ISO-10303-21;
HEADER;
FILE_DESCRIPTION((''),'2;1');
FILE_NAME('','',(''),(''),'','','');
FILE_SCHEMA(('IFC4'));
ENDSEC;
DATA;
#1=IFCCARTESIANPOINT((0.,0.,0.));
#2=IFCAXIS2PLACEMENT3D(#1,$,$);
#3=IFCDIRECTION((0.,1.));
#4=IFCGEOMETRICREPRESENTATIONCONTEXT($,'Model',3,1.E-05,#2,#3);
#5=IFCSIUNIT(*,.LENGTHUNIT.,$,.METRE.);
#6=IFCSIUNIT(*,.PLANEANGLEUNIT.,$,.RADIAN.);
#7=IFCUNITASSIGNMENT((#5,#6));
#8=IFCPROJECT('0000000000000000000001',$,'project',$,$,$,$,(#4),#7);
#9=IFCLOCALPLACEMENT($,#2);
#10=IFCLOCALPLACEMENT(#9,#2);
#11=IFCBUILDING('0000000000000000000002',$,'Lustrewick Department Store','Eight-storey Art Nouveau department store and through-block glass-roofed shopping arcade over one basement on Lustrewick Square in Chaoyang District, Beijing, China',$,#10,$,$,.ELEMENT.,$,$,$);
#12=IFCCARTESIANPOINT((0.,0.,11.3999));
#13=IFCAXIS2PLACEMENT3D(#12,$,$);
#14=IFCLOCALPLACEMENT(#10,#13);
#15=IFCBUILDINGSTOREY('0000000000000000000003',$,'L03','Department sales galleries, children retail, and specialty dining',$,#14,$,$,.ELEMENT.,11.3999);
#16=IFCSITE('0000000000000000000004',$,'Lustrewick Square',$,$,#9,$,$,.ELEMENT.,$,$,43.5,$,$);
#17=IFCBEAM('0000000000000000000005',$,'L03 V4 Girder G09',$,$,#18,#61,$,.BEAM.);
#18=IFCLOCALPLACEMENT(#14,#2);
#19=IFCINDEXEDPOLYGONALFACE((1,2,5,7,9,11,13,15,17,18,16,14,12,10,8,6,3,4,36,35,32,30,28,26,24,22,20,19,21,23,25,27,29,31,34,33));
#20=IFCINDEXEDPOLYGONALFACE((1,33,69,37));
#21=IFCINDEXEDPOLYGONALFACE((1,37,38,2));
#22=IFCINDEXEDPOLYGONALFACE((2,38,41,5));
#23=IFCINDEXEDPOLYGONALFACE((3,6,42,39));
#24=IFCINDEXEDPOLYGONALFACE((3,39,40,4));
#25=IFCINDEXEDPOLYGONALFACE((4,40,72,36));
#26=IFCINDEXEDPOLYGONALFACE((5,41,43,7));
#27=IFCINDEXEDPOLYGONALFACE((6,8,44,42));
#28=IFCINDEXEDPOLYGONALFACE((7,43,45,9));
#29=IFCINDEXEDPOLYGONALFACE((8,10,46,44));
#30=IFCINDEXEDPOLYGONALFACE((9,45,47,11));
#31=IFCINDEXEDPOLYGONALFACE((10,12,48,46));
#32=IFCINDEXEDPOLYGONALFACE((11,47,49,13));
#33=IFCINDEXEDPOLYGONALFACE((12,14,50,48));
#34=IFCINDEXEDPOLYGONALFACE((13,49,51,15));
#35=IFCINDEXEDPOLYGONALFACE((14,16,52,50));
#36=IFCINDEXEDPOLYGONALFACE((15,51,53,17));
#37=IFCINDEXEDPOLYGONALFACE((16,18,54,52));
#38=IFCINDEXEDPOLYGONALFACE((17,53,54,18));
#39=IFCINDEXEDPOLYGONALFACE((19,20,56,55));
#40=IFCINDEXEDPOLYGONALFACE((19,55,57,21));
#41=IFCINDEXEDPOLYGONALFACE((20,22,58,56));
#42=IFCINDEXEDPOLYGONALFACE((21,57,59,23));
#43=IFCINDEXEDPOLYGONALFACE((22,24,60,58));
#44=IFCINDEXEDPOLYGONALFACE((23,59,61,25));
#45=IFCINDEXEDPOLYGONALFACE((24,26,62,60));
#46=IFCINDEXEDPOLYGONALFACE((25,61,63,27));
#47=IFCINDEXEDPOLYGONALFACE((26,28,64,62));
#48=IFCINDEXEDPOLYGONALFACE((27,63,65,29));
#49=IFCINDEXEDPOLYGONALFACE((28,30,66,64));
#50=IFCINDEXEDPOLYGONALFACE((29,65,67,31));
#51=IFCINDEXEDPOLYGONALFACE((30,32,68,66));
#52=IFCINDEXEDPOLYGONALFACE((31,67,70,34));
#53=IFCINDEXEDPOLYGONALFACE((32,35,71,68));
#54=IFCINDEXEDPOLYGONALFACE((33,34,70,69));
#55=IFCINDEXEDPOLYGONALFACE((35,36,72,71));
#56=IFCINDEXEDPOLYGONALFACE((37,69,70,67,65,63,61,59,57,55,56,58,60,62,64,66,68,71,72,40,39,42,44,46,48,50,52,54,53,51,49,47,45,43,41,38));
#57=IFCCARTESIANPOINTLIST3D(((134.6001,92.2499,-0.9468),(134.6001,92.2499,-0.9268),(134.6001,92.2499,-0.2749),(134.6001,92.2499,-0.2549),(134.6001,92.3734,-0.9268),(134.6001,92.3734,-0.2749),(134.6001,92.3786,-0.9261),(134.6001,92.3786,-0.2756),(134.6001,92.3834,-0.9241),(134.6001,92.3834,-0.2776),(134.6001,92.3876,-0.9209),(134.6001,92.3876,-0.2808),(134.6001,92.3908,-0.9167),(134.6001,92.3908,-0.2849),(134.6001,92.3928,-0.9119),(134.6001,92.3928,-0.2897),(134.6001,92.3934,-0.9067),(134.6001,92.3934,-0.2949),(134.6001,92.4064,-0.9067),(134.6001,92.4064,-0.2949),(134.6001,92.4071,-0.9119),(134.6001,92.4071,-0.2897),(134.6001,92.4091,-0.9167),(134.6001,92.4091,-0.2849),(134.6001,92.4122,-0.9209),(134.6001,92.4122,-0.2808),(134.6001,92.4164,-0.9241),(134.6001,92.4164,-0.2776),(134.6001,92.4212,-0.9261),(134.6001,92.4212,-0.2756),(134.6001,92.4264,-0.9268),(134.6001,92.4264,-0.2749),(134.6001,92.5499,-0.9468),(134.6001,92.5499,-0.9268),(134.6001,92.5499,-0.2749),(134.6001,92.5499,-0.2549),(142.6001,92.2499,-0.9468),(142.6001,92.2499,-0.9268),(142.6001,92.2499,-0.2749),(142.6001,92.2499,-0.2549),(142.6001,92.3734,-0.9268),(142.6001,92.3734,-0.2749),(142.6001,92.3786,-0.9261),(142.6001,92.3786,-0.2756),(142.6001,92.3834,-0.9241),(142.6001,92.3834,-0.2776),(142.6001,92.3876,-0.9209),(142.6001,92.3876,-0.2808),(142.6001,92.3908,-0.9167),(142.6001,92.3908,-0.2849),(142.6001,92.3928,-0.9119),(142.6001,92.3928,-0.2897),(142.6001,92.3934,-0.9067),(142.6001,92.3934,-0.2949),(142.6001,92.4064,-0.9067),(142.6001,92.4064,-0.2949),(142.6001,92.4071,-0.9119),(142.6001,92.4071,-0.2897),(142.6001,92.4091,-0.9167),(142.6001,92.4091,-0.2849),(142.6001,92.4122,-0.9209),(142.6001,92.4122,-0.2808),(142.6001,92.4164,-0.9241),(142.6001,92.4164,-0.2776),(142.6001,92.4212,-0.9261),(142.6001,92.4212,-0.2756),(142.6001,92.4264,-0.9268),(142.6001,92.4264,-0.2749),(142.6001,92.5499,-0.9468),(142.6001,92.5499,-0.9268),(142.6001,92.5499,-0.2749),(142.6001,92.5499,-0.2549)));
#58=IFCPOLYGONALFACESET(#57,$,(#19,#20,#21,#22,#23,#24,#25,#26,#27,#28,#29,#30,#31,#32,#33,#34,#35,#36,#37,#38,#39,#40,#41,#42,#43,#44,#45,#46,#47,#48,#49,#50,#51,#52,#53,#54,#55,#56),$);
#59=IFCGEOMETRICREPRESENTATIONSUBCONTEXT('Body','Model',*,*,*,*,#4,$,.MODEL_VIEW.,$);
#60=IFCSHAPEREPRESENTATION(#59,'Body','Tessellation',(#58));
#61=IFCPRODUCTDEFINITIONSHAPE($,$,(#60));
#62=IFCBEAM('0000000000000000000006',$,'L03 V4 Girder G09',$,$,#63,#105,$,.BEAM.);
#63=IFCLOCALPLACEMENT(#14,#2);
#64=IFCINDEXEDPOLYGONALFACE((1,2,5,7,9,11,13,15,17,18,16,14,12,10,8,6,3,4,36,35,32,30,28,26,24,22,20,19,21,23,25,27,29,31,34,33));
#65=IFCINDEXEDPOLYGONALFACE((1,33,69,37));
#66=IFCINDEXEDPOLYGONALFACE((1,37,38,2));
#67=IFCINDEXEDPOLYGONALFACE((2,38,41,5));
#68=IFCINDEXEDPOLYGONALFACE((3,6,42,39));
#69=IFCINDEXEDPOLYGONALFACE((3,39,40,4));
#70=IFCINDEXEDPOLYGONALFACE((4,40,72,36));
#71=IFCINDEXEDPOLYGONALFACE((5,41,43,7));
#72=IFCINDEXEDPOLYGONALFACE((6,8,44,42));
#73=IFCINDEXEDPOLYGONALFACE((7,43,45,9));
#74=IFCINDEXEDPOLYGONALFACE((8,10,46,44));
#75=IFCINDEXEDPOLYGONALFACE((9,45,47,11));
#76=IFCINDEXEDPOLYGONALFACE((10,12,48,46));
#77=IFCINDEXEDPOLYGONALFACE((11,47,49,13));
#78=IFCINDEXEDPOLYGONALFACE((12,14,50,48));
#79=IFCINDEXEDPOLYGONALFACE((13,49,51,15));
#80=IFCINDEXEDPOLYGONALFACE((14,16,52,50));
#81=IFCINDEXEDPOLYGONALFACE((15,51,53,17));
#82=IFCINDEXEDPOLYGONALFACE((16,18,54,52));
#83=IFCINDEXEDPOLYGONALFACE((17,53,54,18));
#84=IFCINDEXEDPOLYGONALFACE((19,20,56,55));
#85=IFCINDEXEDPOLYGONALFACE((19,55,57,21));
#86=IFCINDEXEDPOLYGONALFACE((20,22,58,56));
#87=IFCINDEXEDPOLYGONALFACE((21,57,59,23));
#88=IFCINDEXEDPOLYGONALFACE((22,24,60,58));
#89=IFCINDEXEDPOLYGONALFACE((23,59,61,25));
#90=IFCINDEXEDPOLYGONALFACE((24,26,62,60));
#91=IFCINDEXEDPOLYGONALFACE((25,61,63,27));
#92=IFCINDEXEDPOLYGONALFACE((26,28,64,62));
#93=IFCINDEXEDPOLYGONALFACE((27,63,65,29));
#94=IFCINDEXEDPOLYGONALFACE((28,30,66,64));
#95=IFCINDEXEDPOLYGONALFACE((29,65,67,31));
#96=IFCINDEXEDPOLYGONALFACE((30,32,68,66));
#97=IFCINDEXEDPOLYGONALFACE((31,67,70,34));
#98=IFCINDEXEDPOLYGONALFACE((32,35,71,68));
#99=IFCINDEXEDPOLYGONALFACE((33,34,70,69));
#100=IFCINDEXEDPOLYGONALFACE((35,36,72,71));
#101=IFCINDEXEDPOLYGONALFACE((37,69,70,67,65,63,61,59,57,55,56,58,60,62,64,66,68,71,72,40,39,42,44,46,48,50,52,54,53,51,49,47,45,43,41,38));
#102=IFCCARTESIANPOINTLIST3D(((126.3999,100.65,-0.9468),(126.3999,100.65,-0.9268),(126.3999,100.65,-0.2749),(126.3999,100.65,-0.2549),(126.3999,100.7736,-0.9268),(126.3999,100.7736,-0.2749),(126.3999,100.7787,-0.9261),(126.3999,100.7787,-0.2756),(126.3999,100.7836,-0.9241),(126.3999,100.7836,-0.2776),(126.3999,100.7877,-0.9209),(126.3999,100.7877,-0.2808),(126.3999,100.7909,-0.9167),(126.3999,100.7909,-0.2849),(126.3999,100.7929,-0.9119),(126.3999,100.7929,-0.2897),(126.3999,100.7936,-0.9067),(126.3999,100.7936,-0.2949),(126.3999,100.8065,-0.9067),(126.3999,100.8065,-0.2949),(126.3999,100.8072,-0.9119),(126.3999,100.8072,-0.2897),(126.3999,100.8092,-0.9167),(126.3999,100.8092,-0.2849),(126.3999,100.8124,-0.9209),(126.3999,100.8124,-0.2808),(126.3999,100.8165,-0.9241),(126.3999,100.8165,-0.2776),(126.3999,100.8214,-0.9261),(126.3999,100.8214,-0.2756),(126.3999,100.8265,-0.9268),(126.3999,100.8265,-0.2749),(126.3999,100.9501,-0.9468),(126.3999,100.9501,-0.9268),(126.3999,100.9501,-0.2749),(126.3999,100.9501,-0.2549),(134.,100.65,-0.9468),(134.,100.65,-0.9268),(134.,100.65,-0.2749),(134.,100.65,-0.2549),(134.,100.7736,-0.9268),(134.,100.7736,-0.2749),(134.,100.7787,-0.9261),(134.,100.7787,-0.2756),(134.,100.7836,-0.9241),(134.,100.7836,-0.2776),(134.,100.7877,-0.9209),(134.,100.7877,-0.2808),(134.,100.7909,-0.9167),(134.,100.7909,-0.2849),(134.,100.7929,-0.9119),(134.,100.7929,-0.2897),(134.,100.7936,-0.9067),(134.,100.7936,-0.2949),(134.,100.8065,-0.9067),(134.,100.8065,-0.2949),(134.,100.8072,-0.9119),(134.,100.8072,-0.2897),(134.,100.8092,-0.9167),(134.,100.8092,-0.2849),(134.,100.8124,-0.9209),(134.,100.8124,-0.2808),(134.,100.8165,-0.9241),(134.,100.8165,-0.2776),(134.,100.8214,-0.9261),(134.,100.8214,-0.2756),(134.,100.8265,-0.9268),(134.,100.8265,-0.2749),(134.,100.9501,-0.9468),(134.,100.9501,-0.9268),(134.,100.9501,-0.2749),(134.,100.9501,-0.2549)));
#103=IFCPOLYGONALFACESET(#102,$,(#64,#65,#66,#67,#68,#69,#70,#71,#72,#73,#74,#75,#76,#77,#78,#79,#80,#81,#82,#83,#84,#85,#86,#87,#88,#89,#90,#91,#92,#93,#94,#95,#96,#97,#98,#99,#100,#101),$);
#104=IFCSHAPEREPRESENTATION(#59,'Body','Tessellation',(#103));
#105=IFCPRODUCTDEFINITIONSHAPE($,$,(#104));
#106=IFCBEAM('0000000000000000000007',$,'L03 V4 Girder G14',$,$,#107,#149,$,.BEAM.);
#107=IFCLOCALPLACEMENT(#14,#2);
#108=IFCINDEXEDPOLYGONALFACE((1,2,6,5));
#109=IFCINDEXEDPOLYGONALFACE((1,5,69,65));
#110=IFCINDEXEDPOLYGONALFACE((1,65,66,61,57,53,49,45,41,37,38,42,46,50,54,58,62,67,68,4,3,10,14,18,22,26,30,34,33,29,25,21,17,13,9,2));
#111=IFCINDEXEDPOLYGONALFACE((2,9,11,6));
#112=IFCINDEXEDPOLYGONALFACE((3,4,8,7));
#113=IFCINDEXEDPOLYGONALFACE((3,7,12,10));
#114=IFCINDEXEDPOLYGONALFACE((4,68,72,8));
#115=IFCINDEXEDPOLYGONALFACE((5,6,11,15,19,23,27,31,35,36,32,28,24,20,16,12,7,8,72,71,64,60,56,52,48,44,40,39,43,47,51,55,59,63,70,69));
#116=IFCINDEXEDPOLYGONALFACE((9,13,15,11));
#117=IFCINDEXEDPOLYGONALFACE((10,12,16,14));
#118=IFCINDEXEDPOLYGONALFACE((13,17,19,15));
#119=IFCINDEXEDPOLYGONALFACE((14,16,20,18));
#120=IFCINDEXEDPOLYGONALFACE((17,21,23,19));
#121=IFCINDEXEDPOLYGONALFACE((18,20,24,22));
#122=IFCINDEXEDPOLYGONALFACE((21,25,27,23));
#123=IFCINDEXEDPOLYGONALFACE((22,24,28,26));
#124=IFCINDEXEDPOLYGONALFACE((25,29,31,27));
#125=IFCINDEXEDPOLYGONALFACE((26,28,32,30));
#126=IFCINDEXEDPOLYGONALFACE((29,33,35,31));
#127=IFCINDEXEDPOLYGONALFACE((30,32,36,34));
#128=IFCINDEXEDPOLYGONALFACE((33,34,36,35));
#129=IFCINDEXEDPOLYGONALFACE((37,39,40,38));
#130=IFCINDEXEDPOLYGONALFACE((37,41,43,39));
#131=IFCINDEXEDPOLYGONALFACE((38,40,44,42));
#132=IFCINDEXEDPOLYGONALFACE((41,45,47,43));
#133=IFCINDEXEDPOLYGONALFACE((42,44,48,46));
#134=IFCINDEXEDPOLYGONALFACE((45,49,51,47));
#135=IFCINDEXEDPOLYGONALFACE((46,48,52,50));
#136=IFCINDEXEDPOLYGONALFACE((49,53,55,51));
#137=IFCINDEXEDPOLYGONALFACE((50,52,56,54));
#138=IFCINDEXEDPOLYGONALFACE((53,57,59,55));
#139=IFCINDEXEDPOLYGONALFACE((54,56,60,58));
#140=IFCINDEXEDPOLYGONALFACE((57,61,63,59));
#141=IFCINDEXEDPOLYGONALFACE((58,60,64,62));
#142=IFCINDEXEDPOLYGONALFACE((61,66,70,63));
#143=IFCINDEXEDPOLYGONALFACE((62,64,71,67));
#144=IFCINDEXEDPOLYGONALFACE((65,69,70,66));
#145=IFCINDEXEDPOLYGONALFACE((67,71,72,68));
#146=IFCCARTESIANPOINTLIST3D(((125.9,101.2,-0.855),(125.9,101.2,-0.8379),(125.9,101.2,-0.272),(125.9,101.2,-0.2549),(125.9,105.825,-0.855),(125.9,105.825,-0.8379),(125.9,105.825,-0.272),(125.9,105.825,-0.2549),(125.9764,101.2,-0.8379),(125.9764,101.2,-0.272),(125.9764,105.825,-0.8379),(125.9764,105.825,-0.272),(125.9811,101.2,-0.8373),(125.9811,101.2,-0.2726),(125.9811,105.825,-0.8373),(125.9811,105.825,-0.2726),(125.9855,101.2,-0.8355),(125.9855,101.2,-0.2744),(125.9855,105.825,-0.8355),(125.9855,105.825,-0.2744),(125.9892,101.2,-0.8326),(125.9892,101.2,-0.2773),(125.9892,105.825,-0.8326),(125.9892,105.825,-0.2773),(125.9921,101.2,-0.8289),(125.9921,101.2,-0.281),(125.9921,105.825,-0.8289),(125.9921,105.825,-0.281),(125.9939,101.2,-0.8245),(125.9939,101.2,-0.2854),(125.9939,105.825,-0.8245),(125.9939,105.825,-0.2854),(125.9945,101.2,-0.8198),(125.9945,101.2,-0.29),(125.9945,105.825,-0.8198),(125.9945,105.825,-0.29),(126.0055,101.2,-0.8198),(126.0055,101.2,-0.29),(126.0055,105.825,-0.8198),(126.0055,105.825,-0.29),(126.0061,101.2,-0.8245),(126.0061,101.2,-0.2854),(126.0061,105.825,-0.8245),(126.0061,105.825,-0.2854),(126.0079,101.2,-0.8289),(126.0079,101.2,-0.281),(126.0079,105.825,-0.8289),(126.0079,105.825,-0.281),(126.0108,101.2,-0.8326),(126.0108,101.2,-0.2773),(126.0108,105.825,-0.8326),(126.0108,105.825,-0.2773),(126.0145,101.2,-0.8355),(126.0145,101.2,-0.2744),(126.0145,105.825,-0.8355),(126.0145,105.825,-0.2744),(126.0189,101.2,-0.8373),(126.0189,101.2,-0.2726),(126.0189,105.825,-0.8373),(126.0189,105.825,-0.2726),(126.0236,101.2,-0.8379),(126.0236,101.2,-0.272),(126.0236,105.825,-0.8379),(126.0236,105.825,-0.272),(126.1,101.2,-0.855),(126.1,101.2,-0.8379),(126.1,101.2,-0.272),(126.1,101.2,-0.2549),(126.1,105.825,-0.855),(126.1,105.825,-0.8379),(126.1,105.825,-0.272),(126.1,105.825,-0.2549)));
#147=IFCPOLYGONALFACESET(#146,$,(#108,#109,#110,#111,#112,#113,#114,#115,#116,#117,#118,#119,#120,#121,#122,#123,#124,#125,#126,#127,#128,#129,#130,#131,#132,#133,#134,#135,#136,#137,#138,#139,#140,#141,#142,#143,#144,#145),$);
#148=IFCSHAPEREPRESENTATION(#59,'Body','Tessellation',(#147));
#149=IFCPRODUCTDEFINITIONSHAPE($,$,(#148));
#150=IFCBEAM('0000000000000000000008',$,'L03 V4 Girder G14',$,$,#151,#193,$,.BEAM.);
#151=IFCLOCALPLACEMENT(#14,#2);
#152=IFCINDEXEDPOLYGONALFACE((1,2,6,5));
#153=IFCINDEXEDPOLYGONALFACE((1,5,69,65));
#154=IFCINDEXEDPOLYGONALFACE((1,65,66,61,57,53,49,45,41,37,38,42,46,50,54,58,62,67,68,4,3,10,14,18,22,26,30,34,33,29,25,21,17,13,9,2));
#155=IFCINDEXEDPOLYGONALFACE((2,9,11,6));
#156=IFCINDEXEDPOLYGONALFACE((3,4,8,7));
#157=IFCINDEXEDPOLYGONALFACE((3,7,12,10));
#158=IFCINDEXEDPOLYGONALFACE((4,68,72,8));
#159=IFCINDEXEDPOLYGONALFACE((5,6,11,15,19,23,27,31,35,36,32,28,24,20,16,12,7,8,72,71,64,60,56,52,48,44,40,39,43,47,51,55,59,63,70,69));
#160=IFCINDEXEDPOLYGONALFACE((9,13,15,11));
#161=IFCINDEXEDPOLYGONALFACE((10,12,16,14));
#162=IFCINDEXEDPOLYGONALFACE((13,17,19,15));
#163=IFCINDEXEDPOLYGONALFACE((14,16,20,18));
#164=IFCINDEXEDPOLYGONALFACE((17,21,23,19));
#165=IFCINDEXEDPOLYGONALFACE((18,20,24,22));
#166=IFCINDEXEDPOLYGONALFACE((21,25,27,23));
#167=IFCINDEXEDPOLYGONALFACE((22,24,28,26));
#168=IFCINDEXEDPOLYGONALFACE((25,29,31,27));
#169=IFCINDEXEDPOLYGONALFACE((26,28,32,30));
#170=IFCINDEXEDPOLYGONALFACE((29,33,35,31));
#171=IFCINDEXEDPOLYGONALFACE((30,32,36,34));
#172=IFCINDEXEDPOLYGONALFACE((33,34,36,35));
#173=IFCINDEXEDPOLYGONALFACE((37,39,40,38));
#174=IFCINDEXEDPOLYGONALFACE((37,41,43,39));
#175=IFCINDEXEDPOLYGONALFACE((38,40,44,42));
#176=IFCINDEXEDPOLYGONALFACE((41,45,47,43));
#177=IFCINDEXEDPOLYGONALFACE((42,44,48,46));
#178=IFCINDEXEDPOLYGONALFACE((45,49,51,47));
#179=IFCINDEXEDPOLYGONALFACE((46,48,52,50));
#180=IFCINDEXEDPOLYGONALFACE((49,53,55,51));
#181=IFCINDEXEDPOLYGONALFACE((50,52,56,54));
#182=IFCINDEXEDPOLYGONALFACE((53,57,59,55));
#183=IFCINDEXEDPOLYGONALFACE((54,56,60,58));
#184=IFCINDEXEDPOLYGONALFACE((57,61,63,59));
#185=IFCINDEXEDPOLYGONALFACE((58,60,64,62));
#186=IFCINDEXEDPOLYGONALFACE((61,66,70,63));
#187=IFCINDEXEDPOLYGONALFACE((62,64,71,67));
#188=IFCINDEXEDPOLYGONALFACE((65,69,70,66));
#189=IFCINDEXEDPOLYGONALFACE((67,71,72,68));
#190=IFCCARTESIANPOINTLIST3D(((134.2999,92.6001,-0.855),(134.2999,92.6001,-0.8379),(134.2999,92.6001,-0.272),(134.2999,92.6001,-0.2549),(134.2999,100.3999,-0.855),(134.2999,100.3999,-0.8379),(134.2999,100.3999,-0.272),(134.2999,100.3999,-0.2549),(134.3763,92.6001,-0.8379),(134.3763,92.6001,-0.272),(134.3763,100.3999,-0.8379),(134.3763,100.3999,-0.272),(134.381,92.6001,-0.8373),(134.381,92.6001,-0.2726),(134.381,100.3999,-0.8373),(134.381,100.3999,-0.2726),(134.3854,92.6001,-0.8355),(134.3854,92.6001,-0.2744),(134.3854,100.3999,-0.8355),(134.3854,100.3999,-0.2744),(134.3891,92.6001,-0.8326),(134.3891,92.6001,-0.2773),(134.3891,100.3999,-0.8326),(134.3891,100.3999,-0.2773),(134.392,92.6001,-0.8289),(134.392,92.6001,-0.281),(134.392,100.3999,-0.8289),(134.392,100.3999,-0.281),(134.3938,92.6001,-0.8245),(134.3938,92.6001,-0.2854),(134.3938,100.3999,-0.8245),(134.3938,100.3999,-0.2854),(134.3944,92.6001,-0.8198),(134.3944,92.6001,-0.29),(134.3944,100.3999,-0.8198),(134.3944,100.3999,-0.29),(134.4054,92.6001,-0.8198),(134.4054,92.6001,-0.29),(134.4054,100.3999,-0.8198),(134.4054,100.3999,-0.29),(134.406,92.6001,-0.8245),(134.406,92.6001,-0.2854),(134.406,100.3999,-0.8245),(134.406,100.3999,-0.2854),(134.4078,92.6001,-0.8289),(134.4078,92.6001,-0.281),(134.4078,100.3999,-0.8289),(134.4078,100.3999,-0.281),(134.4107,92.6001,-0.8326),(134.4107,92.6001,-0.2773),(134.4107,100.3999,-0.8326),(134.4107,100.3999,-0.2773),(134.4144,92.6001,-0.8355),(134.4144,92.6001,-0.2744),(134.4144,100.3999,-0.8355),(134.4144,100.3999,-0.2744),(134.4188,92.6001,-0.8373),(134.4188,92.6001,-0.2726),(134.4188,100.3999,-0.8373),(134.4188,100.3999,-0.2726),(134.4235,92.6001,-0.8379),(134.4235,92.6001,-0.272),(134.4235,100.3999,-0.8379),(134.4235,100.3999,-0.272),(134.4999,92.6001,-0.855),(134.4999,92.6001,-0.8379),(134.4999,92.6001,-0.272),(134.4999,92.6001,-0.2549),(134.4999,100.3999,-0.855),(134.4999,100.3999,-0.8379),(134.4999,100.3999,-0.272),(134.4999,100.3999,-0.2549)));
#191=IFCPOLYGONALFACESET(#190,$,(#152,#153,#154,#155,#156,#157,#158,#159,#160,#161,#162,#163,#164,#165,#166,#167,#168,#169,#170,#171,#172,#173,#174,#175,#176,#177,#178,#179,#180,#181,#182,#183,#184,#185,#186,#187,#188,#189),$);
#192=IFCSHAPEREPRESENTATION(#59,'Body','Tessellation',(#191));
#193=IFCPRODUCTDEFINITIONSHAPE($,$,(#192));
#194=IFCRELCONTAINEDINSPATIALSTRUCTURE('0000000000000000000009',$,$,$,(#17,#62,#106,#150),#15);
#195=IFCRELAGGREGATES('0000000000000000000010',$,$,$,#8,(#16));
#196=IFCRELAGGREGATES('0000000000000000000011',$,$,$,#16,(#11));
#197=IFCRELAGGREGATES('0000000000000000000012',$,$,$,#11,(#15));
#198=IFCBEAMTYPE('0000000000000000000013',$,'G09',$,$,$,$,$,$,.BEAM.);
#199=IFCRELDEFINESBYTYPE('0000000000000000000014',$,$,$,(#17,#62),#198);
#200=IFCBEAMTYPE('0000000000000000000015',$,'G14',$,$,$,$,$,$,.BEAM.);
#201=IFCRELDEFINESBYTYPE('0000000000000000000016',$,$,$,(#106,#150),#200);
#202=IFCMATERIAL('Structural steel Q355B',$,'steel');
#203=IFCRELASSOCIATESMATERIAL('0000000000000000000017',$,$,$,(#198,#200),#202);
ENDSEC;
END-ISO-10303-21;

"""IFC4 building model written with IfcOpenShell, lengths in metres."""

from ifc_helpers import new_model, si_unit, direction, frame, origin, origin_2d, place, context, subcontext, project, spatial, i_section, extrude, material, material_profile, profile_set, type_object, element, save


model = new_model("IFC4")

# Units and contexts
model_context = context("Model", 3, precision=1e-05, world=origin(), true_north=direction((0.0, 1.0)))
body_context = subcontext(model_context, "Body", "Model", "MODEL_VIEW")
ifc_project = project(units=[si_unit("LENGTHUNIT", "METRE"), si_unit("PLANEANGLEUNIT", "RADIAN")], contexts=[model_context])

# Site, building, storey
site_placement = place(None, origin())
site = spatial("IfcSite", under=ifc_project, at=site_placement, Name="Lustrewick Square", CompositionType="ELEMENT", RefElevation=43.5)
building_placement = place(site_placement, origin())
building = spatial("IfcBuilding", under=site, at=building_placement, Name="Lustrewick Department Store", Description="Eight-storey Art Nouveau department store and through-block glass-roofed shopping arcade over one basement on Lustrewick Square in Chaoyang District, Beijing, China", CompositionType="ELEMENT")
storey_placement = place(building_placement, frame((0.0, 0.0, 11.3999)))
storey = spatial("IfcBuildingStorey", under=building, at=storey_placement, Name="L03", Description="Department sales galleries, children retail, and specialty dining", CompositionType="ELEMENT", Elevation=11.3999)

# Shared definitions
ifc_material_1 = material(Name="Structural steel Q355B", Category="steel")

# Beams
ifc_material_profile_1 = material_profile(ifc_material_1, i_section(OverallWidth=0.3, OverallDepth=0.6919, WebThickness=0.0129, FlangeThickness=0.02, FilletRadius=0.02, at=origin_2d()), Name="HN 692x300x13x20")
ifc_profile_set_1 = profile_set([ifc_material_profile_1], Name="Structural steel Q355B")
beam_type_1 = type_object("IfcBeamType", Name="G09", PredefinedType="BEAM", material=ifc_profile_set_1)
beam_1_placement = place(storey_placement, frame((134.6001, 92.3999, -0.6008), z_axis=(1.0, 0.0, 0.0), x_axis=(0.0, 1.0, 0.0)))
element("IfcBeam", 1, at=beam_1_placement, inside=storey, type_object=beam_type_1, Name="L03 V4 Girder G09", PredefinedType="BEAM", context=body_context, shape_type="SweptSolid", body=[
    extrude(i_section(OverallWidth=0.3, OverallDepth=0.6919, WebThickness=0.0129, FlangeThickness=0.02, FilletRadius=0.02, at=origin_2d()), origin(), (0.0, 0.0, 1.0), 8.0),
])
beam_2_placement = place(storey_placement, frame((126.3999, 100.8, -0.6008), z_axis=(1.0, 0.0, 0.0), x_axis=(0.0, 1.0, 0.0)))
element("IfcBeam", 2, at=beam_2_placement, inside=storey, type_object=beam_type_1, Name="L03 V4 Girder G09", PredefinedType="BEAM", context=body_context, shape_type="SweptSolid", body=[
    extrude(i_section(OverallWidth=0.3, OverallDepth=0.6919, WebThickness=0.0129, FlangeThickness=0.02, FilletRadius=0.02, at=origin_2d()), origin(), (0.0, 0.0, 1.0), 7.6001),
])
ifc_material_profile_2 = material_profile(ifc_material_1, i_section(OverallWidth=0.2, OverallDepth=0.6001, WebThickness=0.011, FlangeThickness=0.0171, FilletRadius=0.0181, at=origin_2d()), Name="HN 600x200x11x17")
ifc_profile_set_2 = profile_set([ifc_material_profile_2], Name="Structural steel Q355B")
beam_type_2 = type_object("IfcBeamType", Name="G14", PredefinedType="BEAM", material=ifc_profile_set_2)
beam_3_placement = place(storey_placement, frame((126.0, 101.2, -0.5549), z_axis=(0.0, 1.0, 0.0), x_axis=(-1.0, 0.0, 0.0)))
element("IfcBeam", 3, at=beam_3_placement, inside=storey, type_object=beam_type_2, Name="L03 V4 Girder G14", PredefinedType="BEAM", context=body_context, shape_type="SweptSolid", body=[
    extrude(i_section(OverallWidth=0.2, OverallDepth=0.6001, WebThickness=0.011, FlangeThickness=0.0171, FilletRadius=0.0181, at=origin_2d()), origin(), (0.0, 0.0, 1.0), 4.625),
])
beam_4_placement = place(storey_placement, frame((134.3999, 92.6001, -0.5549), z_axis=(0.0, 1.0, 0.0), x_axis=(-1.0, 0.0, 0.0)))
element("IfcBeam", 4, at=beam_4_placement, inside=storey, type_object=beam_type_2, Name="L03 V4 Girder G14", PredefinedType="BEAM", context=body_context, shape_type="SweptSolid", body=[
    extrude(i_section(OverallWidth=0.2, OverallDepth=0.6001, WebThickness=0.011, FlangeThickness=0.0171, FilletRadius=0.0181, at=origin_2d()), origin(), (0.0, 0.0, 1.0), 7.7998),
])

save(model, "model.ifc")
